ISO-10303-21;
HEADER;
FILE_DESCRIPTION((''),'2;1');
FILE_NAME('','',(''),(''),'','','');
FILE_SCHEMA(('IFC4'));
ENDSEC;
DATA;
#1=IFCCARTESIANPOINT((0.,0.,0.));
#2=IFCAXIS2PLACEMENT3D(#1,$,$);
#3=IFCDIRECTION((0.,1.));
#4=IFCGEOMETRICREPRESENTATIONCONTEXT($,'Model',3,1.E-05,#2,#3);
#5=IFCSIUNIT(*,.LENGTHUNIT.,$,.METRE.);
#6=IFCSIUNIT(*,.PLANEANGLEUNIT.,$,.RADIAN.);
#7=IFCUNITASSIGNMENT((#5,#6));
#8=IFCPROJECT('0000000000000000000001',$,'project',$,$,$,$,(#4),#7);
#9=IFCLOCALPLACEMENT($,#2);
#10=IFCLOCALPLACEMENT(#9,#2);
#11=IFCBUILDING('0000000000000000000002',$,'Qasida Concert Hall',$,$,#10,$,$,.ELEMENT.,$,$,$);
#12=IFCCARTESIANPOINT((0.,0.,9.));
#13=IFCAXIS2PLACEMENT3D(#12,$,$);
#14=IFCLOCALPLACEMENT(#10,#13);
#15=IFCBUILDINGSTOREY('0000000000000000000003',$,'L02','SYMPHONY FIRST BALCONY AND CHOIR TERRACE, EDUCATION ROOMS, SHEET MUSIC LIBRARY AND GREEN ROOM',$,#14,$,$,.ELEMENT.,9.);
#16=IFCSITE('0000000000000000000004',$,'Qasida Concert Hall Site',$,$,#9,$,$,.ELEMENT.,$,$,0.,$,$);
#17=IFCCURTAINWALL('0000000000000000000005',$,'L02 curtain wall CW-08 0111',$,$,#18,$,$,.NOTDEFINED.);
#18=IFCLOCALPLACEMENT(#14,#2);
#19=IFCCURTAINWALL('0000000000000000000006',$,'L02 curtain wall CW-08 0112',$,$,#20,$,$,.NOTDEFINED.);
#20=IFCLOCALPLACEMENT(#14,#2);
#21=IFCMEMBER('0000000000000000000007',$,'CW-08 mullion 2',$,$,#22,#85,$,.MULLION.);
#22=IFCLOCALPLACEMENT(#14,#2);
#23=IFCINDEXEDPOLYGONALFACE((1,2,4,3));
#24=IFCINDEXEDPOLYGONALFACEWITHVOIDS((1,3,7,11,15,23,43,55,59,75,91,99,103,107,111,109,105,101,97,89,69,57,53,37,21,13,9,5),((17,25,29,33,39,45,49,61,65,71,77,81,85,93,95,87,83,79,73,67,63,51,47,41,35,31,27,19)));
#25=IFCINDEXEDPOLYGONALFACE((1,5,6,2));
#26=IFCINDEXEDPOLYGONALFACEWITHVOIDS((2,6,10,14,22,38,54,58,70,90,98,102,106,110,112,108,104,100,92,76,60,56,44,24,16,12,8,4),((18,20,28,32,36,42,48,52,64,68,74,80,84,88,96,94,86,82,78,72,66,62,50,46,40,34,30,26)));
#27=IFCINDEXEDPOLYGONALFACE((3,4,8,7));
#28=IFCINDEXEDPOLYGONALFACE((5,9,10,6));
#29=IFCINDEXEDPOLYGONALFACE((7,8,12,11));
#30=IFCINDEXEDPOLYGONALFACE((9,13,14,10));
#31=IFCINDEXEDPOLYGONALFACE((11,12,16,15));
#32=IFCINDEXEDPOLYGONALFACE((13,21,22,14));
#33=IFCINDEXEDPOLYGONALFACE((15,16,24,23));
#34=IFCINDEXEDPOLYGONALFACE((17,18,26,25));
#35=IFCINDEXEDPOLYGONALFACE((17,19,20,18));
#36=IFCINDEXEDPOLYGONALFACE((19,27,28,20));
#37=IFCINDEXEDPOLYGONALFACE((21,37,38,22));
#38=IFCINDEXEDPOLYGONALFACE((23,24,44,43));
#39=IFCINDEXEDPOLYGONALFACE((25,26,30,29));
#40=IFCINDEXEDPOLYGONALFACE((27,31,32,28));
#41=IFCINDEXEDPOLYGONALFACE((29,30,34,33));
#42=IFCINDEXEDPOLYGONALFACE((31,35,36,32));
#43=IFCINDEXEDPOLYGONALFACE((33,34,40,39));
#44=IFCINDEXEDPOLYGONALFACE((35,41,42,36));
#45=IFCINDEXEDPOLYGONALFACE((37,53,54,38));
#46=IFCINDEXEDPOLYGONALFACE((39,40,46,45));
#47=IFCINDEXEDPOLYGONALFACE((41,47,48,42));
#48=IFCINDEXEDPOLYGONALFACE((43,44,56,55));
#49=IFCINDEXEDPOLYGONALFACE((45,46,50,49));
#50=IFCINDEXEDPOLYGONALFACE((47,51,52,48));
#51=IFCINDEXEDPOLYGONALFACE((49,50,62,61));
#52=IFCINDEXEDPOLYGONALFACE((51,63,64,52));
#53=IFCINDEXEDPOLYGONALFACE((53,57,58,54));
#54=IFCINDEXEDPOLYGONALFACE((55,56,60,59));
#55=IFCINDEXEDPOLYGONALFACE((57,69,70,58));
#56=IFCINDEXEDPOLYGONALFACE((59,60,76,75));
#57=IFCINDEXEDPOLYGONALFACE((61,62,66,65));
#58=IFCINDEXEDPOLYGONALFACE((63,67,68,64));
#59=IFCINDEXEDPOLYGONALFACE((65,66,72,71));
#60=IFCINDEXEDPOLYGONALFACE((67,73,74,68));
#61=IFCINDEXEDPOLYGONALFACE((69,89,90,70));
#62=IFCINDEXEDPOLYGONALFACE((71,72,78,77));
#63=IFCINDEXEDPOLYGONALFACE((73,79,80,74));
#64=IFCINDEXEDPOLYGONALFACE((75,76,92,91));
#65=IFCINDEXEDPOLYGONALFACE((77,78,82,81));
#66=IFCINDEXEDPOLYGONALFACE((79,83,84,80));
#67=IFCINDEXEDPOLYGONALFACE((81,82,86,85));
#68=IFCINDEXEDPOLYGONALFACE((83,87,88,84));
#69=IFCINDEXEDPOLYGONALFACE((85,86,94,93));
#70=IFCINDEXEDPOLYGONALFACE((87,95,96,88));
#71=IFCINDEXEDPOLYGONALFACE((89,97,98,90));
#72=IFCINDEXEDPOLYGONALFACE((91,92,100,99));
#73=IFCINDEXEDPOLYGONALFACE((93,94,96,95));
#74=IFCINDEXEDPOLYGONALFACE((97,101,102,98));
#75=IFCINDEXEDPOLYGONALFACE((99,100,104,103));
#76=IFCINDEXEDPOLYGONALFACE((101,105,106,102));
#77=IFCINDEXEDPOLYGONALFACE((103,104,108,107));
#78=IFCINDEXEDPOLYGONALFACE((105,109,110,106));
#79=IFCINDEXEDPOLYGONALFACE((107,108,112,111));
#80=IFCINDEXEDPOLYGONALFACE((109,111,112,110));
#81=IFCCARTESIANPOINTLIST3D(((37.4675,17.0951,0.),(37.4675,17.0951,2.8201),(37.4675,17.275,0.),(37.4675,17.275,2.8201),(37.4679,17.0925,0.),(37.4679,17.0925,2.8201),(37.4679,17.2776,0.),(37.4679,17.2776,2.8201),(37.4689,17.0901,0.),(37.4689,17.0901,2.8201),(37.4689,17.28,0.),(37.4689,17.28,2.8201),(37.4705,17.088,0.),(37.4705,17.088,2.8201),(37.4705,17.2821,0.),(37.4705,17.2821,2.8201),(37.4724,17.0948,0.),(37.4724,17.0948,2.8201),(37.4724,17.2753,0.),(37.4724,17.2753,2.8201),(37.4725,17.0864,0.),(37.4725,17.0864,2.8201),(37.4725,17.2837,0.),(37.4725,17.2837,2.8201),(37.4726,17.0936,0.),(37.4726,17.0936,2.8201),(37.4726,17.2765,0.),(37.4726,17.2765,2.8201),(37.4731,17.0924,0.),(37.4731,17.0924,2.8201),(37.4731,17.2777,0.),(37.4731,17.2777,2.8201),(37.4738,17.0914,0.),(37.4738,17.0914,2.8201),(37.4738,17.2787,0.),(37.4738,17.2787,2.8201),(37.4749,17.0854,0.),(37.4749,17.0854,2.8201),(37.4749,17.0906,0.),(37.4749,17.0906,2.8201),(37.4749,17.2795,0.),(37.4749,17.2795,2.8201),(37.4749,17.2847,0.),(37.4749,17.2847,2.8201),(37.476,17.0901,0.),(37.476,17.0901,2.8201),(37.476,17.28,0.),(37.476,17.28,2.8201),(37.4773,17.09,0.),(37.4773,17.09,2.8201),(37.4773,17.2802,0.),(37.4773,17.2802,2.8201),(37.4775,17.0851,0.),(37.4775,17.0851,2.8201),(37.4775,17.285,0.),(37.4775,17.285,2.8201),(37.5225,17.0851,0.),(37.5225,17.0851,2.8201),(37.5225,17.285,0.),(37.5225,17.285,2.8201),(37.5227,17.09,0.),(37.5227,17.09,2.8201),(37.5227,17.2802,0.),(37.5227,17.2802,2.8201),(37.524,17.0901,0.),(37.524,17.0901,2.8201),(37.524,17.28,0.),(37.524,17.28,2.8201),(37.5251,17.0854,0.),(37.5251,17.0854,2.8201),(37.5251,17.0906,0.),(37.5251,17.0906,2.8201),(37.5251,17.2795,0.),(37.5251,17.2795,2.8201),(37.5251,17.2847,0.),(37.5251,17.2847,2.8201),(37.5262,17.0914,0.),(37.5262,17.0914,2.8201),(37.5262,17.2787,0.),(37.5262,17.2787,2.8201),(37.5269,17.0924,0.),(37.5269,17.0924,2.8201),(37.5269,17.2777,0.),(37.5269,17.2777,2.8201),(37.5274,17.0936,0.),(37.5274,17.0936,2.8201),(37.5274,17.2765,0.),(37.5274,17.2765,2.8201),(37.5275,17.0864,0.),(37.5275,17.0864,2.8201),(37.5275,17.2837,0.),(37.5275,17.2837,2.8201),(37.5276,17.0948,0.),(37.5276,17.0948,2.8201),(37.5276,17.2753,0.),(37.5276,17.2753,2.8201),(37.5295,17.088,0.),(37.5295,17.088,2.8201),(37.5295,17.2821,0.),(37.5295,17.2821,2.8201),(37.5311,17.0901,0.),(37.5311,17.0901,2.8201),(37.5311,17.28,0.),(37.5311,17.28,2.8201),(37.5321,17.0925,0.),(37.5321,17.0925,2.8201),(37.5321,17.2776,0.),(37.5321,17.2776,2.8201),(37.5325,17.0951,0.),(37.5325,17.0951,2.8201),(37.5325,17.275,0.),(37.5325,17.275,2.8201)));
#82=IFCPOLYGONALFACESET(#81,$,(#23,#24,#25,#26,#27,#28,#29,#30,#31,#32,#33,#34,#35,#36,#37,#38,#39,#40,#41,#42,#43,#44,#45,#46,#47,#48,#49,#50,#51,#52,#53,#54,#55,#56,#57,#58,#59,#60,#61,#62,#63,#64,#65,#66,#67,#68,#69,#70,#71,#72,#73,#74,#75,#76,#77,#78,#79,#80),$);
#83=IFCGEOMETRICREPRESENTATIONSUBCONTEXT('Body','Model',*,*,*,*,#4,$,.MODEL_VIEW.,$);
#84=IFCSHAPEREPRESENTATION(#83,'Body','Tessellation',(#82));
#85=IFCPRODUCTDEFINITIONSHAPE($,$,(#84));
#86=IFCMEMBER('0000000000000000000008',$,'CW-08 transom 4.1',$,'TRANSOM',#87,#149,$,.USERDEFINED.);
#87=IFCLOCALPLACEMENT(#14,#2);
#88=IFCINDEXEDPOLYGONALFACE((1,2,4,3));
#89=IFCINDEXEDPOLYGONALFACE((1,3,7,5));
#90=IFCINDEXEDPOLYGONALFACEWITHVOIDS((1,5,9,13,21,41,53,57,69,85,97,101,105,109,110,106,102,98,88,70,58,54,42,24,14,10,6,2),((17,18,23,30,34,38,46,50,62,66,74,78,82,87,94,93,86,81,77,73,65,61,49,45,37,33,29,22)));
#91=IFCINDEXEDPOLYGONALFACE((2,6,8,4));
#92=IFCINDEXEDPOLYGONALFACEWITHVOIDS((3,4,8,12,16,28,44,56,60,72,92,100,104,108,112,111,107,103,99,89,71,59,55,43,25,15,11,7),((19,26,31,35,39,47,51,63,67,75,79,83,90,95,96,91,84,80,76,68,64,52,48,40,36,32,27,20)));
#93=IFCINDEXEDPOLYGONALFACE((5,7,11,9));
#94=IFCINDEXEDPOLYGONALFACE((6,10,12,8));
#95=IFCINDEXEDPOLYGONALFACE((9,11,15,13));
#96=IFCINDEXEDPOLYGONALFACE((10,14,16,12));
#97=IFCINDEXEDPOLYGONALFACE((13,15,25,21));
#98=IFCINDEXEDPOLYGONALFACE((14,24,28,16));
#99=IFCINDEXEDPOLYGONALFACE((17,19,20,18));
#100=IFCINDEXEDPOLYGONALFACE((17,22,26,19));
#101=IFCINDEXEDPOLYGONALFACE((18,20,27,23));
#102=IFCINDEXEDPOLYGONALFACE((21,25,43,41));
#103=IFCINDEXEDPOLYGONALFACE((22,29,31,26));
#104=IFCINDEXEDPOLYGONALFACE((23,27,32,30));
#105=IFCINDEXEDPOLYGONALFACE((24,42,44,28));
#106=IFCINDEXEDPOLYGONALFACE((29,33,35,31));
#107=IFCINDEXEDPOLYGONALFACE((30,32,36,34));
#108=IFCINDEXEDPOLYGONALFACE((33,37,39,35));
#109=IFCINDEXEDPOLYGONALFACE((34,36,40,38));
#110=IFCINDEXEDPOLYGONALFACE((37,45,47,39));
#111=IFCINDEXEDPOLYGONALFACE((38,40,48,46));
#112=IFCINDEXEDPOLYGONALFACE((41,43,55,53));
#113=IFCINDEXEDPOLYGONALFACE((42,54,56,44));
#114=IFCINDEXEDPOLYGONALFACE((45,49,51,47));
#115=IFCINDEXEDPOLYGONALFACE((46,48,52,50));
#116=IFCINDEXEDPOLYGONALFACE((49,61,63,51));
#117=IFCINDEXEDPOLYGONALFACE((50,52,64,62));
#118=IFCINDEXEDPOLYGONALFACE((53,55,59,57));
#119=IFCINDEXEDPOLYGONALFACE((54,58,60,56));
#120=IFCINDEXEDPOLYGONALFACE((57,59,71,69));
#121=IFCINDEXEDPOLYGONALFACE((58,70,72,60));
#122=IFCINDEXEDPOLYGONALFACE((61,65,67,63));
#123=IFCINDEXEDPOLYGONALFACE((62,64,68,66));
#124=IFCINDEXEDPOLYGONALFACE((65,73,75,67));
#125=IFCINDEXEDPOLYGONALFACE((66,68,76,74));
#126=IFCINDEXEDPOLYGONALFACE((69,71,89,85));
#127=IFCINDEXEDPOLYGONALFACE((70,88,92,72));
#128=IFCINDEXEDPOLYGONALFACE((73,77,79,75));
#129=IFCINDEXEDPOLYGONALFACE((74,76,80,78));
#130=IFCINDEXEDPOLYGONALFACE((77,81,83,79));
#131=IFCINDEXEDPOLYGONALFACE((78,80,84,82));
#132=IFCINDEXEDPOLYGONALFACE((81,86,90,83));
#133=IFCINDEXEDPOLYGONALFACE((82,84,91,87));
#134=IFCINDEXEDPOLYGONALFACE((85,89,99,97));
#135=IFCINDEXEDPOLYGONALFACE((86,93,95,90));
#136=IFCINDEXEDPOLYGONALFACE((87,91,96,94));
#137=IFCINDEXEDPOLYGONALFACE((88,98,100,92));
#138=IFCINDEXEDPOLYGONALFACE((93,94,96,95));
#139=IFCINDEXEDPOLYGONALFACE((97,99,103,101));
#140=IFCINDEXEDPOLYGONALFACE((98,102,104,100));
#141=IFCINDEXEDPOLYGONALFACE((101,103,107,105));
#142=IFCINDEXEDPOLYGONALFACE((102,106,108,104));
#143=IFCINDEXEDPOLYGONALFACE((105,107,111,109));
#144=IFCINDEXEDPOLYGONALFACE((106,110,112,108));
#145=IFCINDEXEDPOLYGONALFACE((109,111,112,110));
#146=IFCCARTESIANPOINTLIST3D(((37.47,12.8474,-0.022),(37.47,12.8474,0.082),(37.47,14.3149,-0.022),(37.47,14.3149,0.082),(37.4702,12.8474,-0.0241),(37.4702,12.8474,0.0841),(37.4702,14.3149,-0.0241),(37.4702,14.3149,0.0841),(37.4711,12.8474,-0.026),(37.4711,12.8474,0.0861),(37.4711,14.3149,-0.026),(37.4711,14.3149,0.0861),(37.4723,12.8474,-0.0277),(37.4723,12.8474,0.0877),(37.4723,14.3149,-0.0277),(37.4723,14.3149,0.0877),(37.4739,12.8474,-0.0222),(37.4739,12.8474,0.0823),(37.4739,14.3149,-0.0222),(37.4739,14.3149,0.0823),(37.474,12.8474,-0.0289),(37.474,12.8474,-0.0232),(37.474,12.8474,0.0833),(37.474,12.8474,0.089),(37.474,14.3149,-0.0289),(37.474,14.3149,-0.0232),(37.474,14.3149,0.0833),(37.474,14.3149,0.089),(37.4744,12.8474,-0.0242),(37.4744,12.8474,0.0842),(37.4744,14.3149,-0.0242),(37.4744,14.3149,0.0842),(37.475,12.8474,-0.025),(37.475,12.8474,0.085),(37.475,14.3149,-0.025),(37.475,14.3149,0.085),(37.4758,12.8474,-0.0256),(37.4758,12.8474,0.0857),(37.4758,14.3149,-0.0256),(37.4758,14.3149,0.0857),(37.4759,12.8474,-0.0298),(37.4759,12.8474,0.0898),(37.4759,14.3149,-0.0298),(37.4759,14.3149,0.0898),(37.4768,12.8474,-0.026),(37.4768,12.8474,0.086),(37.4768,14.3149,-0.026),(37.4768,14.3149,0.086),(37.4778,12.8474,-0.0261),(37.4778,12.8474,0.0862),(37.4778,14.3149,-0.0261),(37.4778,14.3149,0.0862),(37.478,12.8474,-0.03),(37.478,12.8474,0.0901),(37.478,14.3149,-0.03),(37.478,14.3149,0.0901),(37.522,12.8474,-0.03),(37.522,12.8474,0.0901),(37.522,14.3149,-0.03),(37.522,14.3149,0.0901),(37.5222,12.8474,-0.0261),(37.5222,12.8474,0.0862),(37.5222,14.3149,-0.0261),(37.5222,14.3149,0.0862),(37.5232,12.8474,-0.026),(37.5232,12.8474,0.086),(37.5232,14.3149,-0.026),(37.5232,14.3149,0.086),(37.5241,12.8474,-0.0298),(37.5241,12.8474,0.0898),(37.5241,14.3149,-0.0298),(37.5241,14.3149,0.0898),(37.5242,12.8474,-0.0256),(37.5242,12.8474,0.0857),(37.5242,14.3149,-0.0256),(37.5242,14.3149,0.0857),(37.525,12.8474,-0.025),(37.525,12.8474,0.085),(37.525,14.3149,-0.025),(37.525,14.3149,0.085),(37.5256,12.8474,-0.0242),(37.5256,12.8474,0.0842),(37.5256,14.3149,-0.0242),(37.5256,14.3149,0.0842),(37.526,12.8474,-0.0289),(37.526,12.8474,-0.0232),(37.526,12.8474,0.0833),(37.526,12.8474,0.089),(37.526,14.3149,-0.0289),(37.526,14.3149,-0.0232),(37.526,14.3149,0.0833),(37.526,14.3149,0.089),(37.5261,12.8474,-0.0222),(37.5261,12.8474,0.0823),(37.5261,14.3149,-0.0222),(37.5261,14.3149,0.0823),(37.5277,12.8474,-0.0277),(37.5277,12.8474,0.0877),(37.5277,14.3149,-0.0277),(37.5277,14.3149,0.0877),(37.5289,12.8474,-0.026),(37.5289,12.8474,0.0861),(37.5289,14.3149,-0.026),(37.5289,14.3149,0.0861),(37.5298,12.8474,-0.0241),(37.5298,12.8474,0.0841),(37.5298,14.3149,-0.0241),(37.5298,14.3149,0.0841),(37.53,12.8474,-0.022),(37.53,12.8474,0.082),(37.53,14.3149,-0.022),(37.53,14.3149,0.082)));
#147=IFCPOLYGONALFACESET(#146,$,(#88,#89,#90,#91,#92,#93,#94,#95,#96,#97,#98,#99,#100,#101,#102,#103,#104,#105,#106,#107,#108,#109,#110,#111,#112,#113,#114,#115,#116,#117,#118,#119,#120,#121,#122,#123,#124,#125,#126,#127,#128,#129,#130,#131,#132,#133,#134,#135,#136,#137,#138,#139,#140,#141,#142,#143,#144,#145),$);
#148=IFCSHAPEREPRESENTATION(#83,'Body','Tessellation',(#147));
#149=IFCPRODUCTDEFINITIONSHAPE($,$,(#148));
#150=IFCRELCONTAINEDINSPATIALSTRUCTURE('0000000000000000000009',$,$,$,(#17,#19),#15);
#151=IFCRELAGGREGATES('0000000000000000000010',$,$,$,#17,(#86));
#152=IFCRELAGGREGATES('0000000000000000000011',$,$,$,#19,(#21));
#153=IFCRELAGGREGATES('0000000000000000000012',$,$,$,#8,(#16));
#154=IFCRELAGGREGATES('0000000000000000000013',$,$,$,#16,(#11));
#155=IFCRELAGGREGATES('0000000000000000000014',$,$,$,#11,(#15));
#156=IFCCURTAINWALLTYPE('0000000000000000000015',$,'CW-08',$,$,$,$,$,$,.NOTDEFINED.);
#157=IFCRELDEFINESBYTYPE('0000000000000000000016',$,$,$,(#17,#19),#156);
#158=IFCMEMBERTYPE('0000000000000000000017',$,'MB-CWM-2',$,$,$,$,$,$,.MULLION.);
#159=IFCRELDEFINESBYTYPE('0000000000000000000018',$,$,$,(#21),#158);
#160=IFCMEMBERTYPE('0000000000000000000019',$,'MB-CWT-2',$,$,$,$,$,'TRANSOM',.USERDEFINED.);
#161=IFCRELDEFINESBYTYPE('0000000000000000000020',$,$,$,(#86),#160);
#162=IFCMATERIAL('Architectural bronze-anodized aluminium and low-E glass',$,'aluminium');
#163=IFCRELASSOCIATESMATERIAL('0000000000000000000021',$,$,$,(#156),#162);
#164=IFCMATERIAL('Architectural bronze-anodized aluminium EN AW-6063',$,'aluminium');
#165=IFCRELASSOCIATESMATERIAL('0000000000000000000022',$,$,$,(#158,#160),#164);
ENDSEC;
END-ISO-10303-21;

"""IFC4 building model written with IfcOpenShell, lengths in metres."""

from ifc_helpers import new_model, si_unit, direction, frame, origin, origin_2d, place, context, subcontext, project, spatial, hollow_rectangle, extrude, material, material_profile, profile_set, type_object, element, aggregate, save


model = new_model("IFC4")

# Units and contexts
model_context = context("Model", 3, precision=1e-05, world=origin(), true_north=direction((0.0, 1.0)))
body_context = subcontext(model_context, "Body", "Model", "MODEL_VIEW")
ifc_project = project(units=[si_unit("LENGTHUNIT", "METRE"), si_unit("PLANEANGLEUNIT", "RADIAN")], contexts=[model_context])

# Site, building, storey
site_placement = place(None, origin())
site = spatial("IfcSite", under=ifc_project, at=site_placement, Name="Qasida Concert Hall Site", CompositionType="ELEMENT", RefElevation=0.0)
building_placement = place(site_placement, origin())
building = spatial("IfcBuilding", under=site, at=building_placement, Name="Qasida Concert Hall", CompositionType="ELEMENT")
storey_placement = place(building_placement, frame((0.0, 0.0, 9.0)))
storey = spatial("IfcBuildingStorey", under=building, at=storey_placement, Name="L02", Description="SYMPHONY FIRST BALCONY AND CHOIR TERRACE, EDUCATION ROOMS, SHEET MUSIC LIBRARY AND GREEN ROOM", CompositionType="ELEMENT", Elevation=9.0)

# Curtain walls, member
ifc_material_1 = material(Name="Architectural bronze-anodized aluminium and low-E glass", Category="aluminium")
curtain_wall_type = type_object("IfcCurtainWallType", Name="CW-08", PredefinedType="NOTDEFINED", material=ifc_material_1)
curtain_wall_1_placement = place(storey_placement, origin())
curtain_wall_1 = element("IfcCurtainWall", 1, at=curtain_wall_1_placement, inside=storey, type_object=curtain_wall_type, Name="L02 curtain wall CW-08 0111", PredefinedType="NOTDEFINED")
ifc_material_2 = material(Name="Architectural bronze-anodized aluminium EN AW-6063", Category="aluminium")
ifc_material_profile_1 = material_profile(ifc_material_2, hollow_rectangle(XDim=0.0649, YDim=0.2, WallThickness=0.0049, InnerFilletRadius=0.0049, OuterFilletRadius=0.01, at=origin_2d()), Name="CWM 200x65x5")
ifc_profile_set_1 = profile_set([ifc_material_profile_1], Name="Architectural bronze-anodized aluminium EN AW-6063")
member_type_1 = type_object("IfcMemberType", Name="MB-CWM-2", PredefinedType="MULLION", material=ifc_profile_set_1)
curtain_wall_2_placement = place(storey_placement, origin())
curtain_wall_2 = element("IfcCurtainWall", 2, at=curtain_wall_2_placement, inside=storey, type_object=curtain_wall_type, Name="L02 curtain wall CW-08 0112", PredefinedType="NOTDEFINED")
member_1_placement = place(storey_placement, frame((37.5, 17.1851, 0.0), z_axis=(0.0, 0.0, 1.0), x_axis=(-1.0, 0.0, 0.0)))
member_1 = element("IfcMember", 3, at=member_1_placement, type_object=member_type_1, Name="CW-08 mullion 2", PredefinedType="MULLION", context=body_context, shape_type="SweptSolid", body=[
    extrude(hollow_rectangle(XDim=0.0649, YDim=0.2, WallThickness=0.0049, InnerFilletRadius=0.0049, OuterFilletRadius=0.01, at=origin_2d()), origin(), (0.0, 0.0, 1.0), 2.8201),
])

# Member
ifc_material_profile_2 = material_profile(ifc_material_2, hollow_rectangle(XDim=0.0601, YDim=0.1201, WallThickness=0.0039, InnerFilletRadius=0.0039, OuterFilletRadius=0.0081, at=origin_2d()), Name="CWT 120x60x4")
ifc_profile_set_2 = profile_set([ifc_material_profile_2], Name="Architectural bronze-anodized aluminium EN AW-6063")
member_type_2 = type_object("IfcMemberType", Name="MB-CWT-2", ElementType="TRANSOM", PredefinedType="USERDEFINED", material=ifc_profile_set_2)
member_2_placement = place(storey_placement, frame((37.5, 12.8474, 0.03), z_axis=(0.0, 1.0, 0.0), x_axis=(-1.0, 0.0, 0.0)))
member_2 = element("IfcMember", 4, at=member_2_placement, type_object=member_type_2, Name="CW-08 transom 4.1", ObjectType="TRANSOM", PredefinedType="USERDEFINED", context=body_context, shape_type="SweptSolid", body=[
    extrude(hollow_rectangle(XDim=0.0601, YDim=0.1201, WallThickness=0.0039, InnerFilletRadius=0.0039, OuterFilletRadius=0.0081, at=origin_2d()), origin(), (0.0, 0.0, 1.0), 1.4675),
])

aggregate(curtain_wall_1, [member_2])
aggregate(curtain_wall_2, [member_1])

save(model, "model.ifc")
